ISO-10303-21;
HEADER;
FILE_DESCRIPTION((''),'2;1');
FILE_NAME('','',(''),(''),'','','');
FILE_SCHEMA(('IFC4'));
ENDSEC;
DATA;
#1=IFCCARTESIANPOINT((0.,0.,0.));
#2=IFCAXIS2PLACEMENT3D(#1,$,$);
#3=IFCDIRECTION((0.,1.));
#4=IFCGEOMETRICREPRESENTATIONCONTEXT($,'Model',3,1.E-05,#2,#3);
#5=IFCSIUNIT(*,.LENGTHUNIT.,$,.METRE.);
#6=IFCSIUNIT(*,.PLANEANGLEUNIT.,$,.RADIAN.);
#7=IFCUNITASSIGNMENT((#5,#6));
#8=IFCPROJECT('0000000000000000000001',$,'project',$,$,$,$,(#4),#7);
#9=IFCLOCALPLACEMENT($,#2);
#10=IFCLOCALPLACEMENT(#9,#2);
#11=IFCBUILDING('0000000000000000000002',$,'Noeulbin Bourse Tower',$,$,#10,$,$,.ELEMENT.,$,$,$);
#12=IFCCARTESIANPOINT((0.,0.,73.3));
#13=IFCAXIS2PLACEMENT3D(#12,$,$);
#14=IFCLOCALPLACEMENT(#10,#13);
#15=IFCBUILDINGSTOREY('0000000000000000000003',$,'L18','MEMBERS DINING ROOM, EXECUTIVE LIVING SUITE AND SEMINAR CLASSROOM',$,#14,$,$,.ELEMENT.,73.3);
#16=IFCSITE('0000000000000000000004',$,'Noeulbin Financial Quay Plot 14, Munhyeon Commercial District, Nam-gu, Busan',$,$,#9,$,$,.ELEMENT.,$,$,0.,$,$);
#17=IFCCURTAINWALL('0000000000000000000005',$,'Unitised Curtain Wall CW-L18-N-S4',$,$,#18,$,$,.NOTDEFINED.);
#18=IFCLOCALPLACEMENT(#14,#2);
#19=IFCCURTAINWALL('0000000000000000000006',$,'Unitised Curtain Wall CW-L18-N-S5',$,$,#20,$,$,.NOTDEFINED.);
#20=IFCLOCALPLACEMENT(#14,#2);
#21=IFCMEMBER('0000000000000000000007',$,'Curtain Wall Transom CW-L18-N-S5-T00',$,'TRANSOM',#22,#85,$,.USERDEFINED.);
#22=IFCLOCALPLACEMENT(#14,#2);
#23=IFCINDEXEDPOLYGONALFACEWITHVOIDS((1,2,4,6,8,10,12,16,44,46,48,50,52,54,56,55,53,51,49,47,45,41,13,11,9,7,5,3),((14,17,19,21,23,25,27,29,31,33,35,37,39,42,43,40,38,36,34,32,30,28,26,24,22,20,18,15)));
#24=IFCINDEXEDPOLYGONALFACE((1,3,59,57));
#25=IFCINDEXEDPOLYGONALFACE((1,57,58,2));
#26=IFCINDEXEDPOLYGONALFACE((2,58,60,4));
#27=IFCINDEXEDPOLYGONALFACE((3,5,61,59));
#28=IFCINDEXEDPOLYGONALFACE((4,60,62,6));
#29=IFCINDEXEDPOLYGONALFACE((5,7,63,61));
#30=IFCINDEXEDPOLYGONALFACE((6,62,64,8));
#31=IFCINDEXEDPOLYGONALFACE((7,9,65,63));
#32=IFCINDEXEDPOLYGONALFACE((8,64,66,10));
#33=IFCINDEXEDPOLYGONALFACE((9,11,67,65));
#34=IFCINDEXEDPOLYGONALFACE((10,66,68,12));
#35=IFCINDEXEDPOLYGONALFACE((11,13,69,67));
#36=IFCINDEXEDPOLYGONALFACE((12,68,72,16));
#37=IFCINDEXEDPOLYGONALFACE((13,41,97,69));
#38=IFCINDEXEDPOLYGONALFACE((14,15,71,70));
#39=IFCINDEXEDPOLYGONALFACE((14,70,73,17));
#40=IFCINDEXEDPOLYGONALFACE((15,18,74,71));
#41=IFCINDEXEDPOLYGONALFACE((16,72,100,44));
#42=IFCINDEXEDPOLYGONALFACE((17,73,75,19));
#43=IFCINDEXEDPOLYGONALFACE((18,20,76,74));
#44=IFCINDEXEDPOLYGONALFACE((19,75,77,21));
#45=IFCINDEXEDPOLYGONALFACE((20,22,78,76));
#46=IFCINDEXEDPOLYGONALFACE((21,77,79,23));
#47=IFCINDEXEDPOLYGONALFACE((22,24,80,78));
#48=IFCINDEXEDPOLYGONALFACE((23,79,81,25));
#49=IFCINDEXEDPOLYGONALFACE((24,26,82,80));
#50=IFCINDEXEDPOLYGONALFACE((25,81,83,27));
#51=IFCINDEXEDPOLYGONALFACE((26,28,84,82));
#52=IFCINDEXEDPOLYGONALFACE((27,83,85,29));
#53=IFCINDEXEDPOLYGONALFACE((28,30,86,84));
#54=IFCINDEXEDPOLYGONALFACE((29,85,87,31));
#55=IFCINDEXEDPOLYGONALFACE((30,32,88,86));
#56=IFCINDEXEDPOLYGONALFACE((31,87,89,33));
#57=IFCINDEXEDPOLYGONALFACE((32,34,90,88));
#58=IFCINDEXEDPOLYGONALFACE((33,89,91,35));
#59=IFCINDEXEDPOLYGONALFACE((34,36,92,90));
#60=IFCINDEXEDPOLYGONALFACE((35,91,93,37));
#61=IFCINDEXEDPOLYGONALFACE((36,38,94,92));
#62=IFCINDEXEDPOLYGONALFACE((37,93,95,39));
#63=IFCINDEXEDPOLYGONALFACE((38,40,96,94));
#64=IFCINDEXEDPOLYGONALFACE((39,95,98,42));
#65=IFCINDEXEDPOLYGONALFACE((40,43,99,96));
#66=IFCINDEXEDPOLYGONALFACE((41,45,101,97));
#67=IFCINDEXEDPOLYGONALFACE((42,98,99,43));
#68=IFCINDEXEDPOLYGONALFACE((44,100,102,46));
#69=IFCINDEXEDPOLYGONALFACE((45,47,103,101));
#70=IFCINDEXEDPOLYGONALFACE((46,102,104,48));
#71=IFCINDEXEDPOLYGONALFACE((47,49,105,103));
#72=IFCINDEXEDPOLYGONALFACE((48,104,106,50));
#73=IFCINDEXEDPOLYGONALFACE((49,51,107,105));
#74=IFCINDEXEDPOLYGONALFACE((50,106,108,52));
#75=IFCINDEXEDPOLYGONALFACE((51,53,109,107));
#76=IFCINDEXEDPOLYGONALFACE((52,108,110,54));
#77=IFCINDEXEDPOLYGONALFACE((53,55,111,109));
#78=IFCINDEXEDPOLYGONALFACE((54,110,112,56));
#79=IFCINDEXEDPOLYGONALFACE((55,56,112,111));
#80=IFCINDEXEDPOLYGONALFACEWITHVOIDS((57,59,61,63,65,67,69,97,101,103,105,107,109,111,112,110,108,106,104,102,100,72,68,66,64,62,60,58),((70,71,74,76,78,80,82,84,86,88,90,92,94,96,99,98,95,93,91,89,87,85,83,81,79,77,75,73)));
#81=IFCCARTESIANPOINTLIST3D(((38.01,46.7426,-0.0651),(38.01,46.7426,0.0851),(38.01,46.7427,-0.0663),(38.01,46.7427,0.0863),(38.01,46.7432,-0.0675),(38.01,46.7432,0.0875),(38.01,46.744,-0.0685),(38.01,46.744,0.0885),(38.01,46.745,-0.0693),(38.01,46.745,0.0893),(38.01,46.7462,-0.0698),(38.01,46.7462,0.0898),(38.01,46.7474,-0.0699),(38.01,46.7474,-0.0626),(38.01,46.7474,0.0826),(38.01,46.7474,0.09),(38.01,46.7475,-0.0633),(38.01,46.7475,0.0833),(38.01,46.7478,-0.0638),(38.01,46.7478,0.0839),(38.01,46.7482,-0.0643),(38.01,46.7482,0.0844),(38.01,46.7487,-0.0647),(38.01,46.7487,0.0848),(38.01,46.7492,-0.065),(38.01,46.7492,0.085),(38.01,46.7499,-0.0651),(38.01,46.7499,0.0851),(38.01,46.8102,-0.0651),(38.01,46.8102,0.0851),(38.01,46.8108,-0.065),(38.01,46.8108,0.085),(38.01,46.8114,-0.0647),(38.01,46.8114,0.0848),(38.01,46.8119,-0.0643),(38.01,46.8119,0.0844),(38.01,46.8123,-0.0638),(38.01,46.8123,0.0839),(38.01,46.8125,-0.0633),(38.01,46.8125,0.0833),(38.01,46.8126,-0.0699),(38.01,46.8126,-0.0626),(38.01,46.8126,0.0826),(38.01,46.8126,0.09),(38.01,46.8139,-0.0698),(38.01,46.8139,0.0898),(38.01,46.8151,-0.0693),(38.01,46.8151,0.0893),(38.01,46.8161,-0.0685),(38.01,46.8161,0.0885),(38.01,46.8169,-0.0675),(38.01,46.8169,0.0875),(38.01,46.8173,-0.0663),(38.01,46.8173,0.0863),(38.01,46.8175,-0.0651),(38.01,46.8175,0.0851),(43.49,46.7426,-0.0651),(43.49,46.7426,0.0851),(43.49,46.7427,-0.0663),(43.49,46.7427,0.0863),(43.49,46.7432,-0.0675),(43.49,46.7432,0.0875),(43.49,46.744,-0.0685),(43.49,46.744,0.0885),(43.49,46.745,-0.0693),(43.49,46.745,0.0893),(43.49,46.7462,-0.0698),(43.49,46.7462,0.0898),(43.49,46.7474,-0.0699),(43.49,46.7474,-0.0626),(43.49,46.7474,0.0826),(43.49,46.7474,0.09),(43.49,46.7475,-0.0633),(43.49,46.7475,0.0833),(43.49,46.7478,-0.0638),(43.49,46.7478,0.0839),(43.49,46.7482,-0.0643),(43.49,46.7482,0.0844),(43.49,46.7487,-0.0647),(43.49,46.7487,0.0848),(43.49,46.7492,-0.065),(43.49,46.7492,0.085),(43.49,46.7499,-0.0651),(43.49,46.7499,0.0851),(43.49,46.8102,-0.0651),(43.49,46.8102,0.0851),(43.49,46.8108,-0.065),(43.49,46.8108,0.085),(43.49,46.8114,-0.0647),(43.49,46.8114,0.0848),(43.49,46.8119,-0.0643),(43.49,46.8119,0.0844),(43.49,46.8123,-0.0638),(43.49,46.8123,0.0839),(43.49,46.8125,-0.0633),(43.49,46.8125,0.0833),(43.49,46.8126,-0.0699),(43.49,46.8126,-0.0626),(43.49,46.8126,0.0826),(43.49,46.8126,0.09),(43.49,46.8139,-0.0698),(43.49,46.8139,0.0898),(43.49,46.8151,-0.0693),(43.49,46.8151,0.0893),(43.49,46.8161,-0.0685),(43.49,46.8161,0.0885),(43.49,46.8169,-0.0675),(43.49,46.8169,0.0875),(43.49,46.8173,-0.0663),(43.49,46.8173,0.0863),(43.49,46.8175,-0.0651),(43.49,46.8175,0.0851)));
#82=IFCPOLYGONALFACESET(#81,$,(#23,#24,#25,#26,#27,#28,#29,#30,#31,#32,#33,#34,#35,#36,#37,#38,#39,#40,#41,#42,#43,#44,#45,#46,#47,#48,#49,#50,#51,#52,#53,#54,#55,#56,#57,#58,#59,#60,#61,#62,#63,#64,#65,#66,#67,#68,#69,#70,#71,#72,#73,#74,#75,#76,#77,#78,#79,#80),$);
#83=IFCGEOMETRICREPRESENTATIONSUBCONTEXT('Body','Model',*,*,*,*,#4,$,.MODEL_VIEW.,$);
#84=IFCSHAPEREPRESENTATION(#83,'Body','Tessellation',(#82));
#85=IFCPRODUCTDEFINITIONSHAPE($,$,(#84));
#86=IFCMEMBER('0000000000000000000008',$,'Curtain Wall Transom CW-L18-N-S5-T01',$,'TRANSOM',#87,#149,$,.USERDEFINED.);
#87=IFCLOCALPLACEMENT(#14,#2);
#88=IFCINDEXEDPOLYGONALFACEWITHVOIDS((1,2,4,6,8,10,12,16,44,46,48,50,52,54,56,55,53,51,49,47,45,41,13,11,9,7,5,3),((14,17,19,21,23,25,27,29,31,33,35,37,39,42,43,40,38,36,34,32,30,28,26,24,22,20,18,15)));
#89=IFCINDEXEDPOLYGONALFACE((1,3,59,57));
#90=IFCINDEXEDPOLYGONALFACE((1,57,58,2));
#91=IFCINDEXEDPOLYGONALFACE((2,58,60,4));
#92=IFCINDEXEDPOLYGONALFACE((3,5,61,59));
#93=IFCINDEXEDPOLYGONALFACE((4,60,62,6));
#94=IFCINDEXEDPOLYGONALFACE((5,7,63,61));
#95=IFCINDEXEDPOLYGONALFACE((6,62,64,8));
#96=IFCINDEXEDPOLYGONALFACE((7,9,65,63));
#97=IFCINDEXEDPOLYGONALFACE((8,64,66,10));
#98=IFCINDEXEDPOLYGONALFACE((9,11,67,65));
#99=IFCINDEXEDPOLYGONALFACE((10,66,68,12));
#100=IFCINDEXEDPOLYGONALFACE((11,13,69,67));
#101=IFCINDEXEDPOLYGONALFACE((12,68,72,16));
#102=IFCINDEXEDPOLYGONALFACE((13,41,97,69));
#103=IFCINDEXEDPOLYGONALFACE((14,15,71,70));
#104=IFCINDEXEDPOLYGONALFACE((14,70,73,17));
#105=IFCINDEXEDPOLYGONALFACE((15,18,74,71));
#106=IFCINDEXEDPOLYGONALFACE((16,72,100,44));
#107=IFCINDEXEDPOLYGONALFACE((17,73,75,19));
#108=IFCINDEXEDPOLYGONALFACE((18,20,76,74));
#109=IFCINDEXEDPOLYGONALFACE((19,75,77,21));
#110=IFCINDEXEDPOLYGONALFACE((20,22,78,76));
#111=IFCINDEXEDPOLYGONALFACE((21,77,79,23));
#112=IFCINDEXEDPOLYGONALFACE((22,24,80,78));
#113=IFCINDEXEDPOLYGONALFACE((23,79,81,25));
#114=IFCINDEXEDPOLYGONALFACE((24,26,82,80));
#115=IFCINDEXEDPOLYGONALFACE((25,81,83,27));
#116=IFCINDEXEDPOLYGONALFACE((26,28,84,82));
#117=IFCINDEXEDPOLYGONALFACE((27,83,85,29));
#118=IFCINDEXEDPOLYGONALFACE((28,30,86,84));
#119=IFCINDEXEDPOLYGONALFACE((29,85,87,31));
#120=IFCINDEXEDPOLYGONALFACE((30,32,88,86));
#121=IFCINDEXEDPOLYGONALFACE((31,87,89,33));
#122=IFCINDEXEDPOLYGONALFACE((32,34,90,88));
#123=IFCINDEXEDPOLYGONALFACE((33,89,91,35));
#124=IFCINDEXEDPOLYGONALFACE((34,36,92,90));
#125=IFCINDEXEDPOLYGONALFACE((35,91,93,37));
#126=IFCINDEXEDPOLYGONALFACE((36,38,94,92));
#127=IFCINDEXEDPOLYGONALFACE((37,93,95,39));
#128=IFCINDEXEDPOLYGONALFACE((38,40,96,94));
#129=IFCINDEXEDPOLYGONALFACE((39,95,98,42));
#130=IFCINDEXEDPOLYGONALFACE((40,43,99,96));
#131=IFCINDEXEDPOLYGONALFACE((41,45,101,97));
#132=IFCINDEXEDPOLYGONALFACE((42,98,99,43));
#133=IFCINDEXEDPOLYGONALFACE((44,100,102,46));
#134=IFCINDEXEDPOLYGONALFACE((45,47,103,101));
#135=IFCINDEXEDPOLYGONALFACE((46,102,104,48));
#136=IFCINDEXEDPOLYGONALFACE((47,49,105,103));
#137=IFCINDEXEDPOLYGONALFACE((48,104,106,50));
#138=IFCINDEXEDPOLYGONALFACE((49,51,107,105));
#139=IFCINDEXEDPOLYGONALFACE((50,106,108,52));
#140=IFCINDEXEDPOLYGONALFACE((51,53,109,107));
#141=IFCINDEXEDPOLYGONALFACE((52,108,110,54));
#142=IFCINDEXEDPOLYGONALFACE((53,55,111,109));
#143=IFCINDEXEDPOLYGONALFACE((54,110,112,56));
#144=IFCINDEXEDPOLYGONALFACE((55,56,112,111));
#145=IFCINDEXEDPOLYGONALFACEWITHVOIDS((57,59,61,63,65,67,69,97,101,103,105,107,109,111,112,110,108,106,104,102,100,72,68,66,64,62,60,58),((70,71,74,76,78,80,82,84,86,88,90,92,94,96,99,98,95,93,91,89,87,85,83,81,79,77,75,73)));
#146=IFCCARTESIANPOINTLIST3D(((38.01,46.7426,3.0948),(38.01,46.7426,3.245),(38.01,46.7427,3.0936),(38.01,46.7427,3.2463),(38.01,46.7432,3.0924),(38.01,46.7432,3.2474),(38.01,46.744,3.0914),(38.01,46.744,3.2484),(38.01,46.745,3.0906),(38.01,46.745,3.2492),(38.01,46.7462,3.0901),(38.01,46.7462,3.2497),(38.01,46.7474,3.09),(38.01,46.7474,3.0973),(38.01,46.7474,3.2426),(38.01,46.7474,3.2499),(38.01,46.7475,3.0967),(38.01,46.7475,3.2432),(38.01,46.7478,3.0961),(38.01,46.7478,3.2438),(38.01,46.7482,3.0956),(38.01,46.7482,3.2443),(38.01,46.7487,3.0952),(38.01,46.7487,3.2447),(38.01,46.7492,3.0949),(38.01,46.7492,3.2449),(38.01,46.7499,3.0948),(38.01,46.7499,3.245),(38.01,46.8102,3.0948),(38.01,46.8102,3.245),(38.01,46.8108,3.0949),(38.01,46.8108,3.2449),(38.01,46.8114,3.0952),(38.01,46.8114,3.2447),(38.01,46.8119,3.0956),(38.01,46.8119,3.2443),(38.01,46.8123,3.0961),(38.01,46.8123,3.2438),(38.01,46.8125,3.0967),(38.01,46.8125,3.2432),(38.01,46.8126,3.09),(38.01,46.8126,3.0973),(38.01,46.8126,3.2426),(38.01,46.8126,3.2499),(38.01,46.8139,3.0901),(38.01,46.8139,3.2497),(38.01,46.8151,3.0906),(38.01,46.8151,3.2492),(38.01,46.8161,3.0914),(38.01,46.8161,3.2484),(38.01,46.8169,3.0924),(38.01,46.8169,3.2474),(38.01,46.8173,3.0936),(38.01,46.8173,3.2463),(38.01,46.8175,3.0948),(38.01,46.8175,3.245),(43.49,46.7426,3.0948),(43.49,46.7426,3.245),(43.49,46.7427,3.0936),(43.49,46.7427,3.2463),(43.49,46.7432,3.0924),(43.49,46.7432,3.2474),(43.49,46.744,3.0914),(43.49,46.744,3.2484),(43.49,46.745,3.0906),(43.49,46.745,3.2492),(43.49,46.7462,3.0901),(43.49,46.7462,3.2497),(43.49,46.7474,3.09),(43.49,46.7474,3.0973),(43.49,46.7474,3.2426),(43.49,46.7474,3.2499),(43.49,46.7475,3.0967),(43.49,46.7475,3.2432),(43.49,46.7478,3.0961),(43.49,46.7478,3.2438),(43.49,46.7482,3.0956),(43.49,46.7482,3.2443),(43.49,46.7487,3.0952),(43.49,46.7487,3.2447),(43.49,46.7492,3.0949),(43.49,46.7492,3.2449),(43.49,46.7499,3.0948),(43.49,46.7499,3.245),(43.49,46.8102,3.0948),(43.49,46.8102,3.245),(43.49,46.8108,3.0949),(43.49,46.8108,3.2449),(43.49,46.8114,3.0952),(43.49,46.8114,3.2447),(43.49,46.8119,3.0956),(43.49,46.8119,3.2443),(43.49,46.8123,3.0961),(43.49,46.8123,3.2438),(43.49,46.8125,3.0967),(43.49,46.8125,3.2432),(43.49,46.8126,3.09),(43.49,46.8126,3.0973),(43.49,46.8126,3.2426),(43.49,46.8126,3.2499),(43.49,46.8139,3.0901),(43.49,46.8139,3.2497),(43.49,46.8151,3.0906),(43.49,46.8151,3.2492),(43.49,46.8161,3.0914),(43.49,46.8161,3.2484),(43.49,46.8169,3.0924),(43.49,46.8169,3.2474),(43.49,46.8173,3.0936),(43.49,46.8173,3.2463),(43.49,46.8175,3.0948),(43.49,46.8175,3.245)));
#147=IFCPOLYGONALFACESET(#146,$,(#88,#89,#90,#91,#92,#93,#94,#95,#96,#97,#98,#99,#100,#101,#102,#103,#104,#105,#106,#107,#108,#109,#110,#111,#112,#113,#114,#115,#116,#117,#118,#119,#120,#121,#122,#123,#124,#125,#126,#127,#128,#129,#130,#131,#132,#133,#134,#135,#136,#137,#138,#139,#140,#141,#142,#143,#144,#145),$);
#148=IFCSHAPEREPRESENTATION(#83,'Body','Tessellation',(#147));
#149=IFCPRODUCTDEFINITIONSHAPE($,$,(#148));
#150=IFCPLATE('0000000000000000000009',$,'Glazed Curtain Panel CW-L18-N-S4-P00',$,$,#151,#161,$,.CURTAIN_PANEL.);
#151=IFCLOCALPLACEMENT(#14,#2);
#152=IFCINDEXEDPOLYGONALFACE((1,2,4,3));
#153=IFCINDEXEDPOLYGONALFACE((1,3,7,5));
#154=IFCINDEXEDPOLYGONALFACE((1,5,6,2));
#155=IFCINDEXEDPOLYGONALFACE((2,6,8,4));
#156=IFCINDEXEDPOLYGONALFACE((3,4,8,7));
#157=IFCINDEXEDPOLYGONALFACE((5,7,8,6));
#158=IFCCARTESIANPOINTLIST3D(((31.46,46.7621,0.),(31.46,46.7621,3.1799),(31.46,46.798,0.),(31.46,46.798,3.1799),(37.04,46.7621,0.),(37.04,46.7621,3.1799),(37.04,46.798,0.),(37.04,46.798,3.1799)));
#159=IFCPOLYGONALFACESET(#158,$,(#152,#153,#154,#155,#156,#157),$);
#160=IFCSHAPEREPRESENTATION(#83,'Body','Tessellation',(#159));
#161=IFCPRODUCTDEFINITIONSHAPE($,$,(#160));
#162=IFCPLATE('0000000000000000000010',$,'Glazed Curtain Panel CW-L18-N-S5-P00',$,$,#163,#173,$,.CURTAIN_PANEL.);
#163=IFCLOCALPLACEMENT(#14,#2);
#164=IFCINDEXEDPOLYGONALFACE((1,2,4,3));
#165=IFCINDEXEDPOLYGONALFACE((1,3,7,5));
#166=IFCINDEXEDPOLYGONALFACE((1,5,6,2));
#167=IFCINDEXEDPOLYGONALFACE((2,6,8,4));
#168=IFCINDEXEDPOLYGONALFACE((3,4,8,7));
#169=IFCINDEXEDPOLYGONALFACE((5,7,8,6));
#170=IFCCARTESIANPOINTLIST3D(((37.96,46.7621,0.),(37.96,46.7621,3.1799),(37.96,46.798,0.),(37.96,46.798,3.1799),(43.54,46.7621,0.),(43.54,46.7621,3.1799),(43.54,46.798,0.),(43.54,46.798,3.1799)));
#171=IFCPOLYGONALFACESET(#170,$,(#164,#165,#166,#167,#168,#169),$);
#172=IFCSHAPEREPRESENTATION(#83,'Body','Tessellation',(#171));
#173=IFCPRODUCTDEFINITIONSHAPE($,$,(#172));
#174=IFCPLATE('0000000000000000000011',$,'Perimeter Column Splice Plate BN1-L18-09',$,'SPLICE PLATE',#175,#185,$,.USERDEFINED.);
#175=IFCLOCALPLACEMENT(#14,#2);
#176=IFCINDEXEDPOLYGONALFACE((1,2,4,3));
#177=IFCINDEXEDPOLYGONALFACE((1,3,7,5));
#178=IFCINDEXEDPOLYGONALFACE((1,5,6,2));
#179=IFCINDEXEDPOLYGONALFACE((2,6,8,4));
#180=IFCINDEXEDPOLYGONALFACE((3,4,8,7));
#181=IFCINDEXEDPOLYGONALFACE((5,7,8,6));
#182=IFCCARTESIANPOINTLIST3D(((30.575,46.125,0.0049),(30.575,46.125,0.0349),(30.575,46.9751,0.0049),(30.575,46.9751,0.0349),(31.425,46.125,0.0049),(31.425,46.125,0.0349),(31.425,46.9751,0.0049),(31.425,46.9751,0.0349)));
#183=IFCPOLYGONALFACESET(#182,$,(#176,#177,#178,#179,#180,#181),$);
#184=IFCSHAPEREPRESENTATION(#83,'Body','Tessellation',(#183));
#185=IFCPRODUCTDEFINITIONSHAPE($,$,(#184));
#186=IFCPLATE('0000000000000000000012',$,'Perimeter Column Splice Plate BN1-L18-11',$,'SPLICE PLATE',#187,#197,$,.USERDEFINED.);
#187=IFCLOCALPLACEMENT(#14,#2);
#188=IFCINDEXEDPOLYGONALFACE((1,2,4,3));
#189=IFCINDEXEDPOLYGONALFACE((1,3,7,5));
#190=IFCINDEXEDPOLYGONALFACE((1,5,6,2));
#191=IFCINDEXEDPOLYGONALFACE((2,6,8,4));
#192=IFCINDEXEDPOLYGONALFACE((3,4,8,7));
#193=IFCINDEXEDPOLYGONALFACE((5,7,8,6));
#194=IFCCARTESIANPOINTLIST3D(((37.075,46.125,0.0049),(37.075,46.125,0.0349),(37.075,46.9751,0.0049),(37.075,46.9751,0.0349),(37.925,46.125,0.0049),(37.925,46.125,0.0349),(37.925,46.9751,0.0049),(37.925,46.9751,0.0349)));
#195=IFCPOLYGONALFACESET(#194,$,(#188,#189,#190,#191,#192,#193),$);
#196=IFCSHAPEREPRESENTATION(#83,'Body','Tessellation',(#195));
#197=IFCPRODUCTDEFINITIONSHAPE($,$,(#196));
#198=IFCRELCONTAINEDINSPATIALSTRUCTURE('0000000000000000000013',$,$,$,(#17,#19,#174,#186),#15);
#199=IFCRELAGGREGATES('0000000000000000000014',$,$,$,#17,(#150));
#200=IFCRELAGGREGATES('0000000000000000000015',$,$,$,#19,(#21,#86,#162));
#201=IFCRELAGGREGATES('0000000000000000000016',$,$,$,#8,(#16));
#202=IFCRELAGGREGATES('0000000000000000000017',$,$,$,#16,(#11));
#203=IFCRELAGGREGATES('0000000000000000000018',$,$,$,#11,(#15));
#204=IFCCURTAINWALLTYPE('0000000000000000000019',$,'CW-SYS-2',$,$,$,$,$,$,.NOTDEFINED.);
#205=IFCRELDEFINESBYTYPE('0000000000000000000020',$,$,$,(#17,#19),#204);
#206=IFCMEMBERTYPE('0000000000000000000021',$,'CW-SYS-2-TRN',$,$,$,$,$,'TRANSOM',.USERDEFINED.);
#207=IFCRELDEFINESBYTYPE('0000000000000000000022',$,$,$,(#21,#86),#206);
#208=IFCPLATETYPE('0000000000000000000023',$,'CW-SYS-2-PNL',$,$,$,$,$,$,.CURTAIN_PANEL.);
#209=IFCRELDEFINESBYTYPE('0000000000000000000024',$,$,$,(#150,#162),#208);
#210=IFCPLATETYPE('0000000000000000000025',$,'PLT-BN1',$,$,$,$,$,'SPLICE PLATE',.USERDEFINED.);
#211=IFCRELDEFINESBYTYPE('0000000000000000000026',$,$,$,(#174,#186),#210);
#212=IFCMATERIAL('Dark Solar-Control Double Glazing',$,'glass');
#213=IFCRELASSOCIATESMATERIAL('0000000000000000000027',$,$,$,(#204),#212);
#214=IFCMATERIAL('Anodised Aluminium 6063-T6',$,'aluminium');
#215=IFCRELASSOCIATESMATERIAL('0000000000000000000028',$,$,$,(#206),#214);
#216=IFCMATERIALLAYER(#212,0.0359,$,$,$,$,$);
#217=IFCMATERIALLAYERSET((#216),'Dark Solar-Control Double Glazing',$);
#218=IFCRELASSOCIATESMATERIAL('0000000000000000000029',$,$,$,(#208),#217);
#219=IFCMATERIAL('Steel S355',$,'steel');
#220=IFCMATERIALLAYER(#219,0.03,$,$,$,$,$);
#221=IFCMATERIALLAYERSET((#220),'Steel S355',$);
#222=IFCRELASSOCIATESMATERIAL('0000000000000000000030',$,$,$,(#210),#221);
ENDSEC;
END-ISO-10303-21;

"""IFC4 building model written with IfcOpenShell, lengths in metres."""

from ifc_helpers import new_model, si_unit, direction, frame, origin, origin_2d, place, context, subcontext, project, spatial, rectangle, hollow_rectangle, extrude, material, layer, layer_set, material_profile, profile_set, type_object, element, aggregate, save


model = new_model("IFC4")

# Units and contexts
model_context = context("Model", 3, precision=1e-05, world=origin(), true_north=direction((0.0, 1.0)))
body_context = subcontext(model_context, "Body", "Model", "MODEL_VIEW")
ifc_project = project(units=[si_unit("LENGTHUNIT", "METRE"), si_unit("PLANEANGLEUNIT", "RADIAN")], contexts=[model_context])

# Site, building, storey
site_placement = place(None, origin())
site = spatial("IfcSite", under=ifc_project, at=site_placement, Name="Noeulbin Financial Quay Plot 14, Munhyeon Commercial District, Nam-gu, Busan", CompositionType="ELEMENT", RefElevation=0.0)
building_placement = place(site_placement, origin())
building = spatial("IfcBuilding", under=site, at=building_placement, Name="Noeulbin Bourse Tower", CompositionType="ELEMENT")
storey_placement = place(building_placement, frame((0.0, 0.0, 73.3)))
storey = spatial("IfcBuildingStorey", under=building, at=storey_placement, Name="L18", Description="MEMBERS DINING ROOM, EXECUTIVE LIVING SUITE AND SEMINAR CLASSROOM", CompositionType="ELEMENT", Elevation=73.3)

# Shared definitions
ifc_material_1 = material(Name="Steel S355", Category="steel")

# Shared definitions
ifc_material_2 = material(Name="Dark Solar-Control Double Glazing", Category="glass")
curtain_wall_type = type_object("IfcCurtainWallType", Name="CW-SYS-2", PredefinedType="NOTDEFINED", material=ifc_material_2)
ifc_material_3 = material(Name="Anodised Aluminium 6063-T6", Category="aluminium")

# Curtain wall
curtain_wall_1_placement = place(storey_placement, origin())
curtain_wall_1 = element("IfcCurtainWall", 1, at=curtain_wall_1_placement, inside=storey, type_object=curtain_wall_type, Name="Unitised Curtain Wall CW-L18-N-S4", PredefinedType="NOTDEFINED")

# Curtain wall
curtain_wall_2_placement = place(storey_placement, origin())
curtain_wall_2 = element("IfcCurtainWall", 2, at=curtain_wall_2_placement, inside=storey, type_object=curtain_wall_type, Name="Unitised Curtain Wall CW-L18-N-S5", PredefinedType="NOTDEFINED")

# Members
ifc_material_profile_1 = material_profile(ifc_material_3, hollow_rectangle(XDim=0.075, YDim=0.1599, WallThickness=0.0049, InnerFilletRadius=0.0024, OuterFilletRadius=0.0049, at=origin_2d()), Name="ALU-TRAN-75x160x5", Category="LoadBearing")
ifc_profile_set_1 = profile_set([ifc_material_profile_1], Name="Anodised Aluminium 6063-T6")
member_type_1 = type_object("IfcMemberType", Name="CW-SYS-2-TRN", ElementType="TRANSOM", PredefinedType="USERDEFINED", material=ifc_profile_set_1)
member_1_placement = place(storey_placement, frame((38.01, 46.78, 0.01), z_axis=(1.0, 0.0, 0.0), x_axis=(0.0, 1.0, 0.0)))
member_1 = element("IfcMember", 3, at=member_1_placement, type_object=member_type_1, Name="Curtain Wall Transom CW-L18-N-S5-T00", ObjectType="TRANSOM", PredefinedType="USERDEFINED", context=body_context, shape_type="SweptSolid", body=[
    extrude(hollow_rectangle(XDim=0.075, YDim=0.1599, WallThickness=0.0049, InnerFilletRadius=0.0024, OuterFilletRadius=0.0049, at=origin_2d()), origin(), (0.0, 0.0, 1.0), 5.48),
])
member_2_placement = place(storey_placement, frame((38.01, 46.78, 3.1699), z_axis=(1.0, 0.0, 0.0), x_axis=(0.0, 1.0, 0.0)))
member_2 = element("IfcMember", 4, at=member_2_placement, type_object=member_type_1, Name="Curtain Wall Transom CW-L18-N-S5-T01", ObjectType="TRANSOM", PredefinedType="USERDEFINED", context=body_context, shape_type="SweptSolid", body=[
    extrude(hollow_rectangle(XDim=0.075, YDim=0.1599, WallThickness=0.0049, InnerFilletRadius=0.0024, OuterFilletRadius=0.0049, at=origin_2d()), origin(), (0.0, 0.0, 1.0), 5.48),
])

# Plates
ifc_layer_1 = layer(ifc_material_2, 0.0359)
ifc_layer_set_1 = layer_set([ifc_layer_1], Name="Dark Solar-Control Double Glazing")
plate_type_1 = type_object("IfcPlateType", Name="CW-SYS-2-PNL", PredefinedType="CURTAIN_PANEL", material=ifc_layer_set_1)
plate_1_placement = place(storey_placement, frame((34.25, 46.78, 0.0), z_axis=(0.0, 0.0, 1.0), x_axis=(1.0, 0.0, 0.0)))
plate_1 = element("IfcPlate", 5, at=plate_1_placement, type_object=plate_type_1, Name="Glazed Curtain Panel CW-L18-N-S4-P00", PredefinedType="CURTAIN_PANEL", context=body_context, shape_type="SweptSolid", body=[
    extrude(rectangle(XDim=5.5801, YDim=0.0359, at=origin_2d()), origin(), (0.0, 0.0, 1.0), 3.1799),
])
aggregate(curtain_wall_1, [plate_1])
plate_2_placement = place(storey_placement, frame((40.75, 46.78, 0.0), z_axis=(0.0, 0.0, 1.0), x_axis=(1.0, 0.0, 0.0)))
plate_2 = element("IfcPlate", 6, at=plate_2_placement, type_object=plate_type_1, Name="Glazed Curtain Panel CW-L18-N-S5-P00", PredefinedType="CURTAIN_PANEL", context=body_context, shape_type="SweptSolid", body=[
    extrude(rectangle(XDim=5.5801, YDim=0.0359, at=origin_2d()), origin(), (0.0, 0.0, 1.0), 3.1799),
])
aggregate(curtain_wall_2, [member_1, member_2, plate_2])

# Plates
ifc_layer_2 = layer(ifc_material_1, 0.03)
ifc_layer_set_2 = layer_set([ifc_layer_2], Name="Steel S355")
plate_type_2 = type_object("IfcPlateType", Name="PLT-BN1", ElementType="SPLICE PLATE", PredefinedType="USERDEFINED", material=ifc_layer_set_2)
for number, where, z_axis, x_axis, name in (
    (7, (31.0, 46.55, 0.0049), (0.0, 0.0, 1.0), (1.0, 0.0, 0.0), "Perimeter Column Splice Plate BN1-L18-09"),
    (8, (37.5, 46.55, 0.0049), (0.0, 0.0, 1.0), (1.0, 0.0, 0.0), "Perimeter Column Splice Plate BN1-L18-11"),
):
    element("IfcPlate", number, at=place(storey_placement, frame(where, z_axis=z_axis, x_axis=x_axis)), inside=storey, type_object=plate_type_2, Name=name, ObjectType="SPLICE PLATE", PredefinedType="USERDEFINED", context=body_context, shape_type="SweptSolid", body=[
        extrude(rectangle(XDim=0.8501, YDim=0.8501, at=origin_2d()), origin(), (0.0, 0.0, 1.0), 0.03),
    ])

save(model, "model.ifc")
